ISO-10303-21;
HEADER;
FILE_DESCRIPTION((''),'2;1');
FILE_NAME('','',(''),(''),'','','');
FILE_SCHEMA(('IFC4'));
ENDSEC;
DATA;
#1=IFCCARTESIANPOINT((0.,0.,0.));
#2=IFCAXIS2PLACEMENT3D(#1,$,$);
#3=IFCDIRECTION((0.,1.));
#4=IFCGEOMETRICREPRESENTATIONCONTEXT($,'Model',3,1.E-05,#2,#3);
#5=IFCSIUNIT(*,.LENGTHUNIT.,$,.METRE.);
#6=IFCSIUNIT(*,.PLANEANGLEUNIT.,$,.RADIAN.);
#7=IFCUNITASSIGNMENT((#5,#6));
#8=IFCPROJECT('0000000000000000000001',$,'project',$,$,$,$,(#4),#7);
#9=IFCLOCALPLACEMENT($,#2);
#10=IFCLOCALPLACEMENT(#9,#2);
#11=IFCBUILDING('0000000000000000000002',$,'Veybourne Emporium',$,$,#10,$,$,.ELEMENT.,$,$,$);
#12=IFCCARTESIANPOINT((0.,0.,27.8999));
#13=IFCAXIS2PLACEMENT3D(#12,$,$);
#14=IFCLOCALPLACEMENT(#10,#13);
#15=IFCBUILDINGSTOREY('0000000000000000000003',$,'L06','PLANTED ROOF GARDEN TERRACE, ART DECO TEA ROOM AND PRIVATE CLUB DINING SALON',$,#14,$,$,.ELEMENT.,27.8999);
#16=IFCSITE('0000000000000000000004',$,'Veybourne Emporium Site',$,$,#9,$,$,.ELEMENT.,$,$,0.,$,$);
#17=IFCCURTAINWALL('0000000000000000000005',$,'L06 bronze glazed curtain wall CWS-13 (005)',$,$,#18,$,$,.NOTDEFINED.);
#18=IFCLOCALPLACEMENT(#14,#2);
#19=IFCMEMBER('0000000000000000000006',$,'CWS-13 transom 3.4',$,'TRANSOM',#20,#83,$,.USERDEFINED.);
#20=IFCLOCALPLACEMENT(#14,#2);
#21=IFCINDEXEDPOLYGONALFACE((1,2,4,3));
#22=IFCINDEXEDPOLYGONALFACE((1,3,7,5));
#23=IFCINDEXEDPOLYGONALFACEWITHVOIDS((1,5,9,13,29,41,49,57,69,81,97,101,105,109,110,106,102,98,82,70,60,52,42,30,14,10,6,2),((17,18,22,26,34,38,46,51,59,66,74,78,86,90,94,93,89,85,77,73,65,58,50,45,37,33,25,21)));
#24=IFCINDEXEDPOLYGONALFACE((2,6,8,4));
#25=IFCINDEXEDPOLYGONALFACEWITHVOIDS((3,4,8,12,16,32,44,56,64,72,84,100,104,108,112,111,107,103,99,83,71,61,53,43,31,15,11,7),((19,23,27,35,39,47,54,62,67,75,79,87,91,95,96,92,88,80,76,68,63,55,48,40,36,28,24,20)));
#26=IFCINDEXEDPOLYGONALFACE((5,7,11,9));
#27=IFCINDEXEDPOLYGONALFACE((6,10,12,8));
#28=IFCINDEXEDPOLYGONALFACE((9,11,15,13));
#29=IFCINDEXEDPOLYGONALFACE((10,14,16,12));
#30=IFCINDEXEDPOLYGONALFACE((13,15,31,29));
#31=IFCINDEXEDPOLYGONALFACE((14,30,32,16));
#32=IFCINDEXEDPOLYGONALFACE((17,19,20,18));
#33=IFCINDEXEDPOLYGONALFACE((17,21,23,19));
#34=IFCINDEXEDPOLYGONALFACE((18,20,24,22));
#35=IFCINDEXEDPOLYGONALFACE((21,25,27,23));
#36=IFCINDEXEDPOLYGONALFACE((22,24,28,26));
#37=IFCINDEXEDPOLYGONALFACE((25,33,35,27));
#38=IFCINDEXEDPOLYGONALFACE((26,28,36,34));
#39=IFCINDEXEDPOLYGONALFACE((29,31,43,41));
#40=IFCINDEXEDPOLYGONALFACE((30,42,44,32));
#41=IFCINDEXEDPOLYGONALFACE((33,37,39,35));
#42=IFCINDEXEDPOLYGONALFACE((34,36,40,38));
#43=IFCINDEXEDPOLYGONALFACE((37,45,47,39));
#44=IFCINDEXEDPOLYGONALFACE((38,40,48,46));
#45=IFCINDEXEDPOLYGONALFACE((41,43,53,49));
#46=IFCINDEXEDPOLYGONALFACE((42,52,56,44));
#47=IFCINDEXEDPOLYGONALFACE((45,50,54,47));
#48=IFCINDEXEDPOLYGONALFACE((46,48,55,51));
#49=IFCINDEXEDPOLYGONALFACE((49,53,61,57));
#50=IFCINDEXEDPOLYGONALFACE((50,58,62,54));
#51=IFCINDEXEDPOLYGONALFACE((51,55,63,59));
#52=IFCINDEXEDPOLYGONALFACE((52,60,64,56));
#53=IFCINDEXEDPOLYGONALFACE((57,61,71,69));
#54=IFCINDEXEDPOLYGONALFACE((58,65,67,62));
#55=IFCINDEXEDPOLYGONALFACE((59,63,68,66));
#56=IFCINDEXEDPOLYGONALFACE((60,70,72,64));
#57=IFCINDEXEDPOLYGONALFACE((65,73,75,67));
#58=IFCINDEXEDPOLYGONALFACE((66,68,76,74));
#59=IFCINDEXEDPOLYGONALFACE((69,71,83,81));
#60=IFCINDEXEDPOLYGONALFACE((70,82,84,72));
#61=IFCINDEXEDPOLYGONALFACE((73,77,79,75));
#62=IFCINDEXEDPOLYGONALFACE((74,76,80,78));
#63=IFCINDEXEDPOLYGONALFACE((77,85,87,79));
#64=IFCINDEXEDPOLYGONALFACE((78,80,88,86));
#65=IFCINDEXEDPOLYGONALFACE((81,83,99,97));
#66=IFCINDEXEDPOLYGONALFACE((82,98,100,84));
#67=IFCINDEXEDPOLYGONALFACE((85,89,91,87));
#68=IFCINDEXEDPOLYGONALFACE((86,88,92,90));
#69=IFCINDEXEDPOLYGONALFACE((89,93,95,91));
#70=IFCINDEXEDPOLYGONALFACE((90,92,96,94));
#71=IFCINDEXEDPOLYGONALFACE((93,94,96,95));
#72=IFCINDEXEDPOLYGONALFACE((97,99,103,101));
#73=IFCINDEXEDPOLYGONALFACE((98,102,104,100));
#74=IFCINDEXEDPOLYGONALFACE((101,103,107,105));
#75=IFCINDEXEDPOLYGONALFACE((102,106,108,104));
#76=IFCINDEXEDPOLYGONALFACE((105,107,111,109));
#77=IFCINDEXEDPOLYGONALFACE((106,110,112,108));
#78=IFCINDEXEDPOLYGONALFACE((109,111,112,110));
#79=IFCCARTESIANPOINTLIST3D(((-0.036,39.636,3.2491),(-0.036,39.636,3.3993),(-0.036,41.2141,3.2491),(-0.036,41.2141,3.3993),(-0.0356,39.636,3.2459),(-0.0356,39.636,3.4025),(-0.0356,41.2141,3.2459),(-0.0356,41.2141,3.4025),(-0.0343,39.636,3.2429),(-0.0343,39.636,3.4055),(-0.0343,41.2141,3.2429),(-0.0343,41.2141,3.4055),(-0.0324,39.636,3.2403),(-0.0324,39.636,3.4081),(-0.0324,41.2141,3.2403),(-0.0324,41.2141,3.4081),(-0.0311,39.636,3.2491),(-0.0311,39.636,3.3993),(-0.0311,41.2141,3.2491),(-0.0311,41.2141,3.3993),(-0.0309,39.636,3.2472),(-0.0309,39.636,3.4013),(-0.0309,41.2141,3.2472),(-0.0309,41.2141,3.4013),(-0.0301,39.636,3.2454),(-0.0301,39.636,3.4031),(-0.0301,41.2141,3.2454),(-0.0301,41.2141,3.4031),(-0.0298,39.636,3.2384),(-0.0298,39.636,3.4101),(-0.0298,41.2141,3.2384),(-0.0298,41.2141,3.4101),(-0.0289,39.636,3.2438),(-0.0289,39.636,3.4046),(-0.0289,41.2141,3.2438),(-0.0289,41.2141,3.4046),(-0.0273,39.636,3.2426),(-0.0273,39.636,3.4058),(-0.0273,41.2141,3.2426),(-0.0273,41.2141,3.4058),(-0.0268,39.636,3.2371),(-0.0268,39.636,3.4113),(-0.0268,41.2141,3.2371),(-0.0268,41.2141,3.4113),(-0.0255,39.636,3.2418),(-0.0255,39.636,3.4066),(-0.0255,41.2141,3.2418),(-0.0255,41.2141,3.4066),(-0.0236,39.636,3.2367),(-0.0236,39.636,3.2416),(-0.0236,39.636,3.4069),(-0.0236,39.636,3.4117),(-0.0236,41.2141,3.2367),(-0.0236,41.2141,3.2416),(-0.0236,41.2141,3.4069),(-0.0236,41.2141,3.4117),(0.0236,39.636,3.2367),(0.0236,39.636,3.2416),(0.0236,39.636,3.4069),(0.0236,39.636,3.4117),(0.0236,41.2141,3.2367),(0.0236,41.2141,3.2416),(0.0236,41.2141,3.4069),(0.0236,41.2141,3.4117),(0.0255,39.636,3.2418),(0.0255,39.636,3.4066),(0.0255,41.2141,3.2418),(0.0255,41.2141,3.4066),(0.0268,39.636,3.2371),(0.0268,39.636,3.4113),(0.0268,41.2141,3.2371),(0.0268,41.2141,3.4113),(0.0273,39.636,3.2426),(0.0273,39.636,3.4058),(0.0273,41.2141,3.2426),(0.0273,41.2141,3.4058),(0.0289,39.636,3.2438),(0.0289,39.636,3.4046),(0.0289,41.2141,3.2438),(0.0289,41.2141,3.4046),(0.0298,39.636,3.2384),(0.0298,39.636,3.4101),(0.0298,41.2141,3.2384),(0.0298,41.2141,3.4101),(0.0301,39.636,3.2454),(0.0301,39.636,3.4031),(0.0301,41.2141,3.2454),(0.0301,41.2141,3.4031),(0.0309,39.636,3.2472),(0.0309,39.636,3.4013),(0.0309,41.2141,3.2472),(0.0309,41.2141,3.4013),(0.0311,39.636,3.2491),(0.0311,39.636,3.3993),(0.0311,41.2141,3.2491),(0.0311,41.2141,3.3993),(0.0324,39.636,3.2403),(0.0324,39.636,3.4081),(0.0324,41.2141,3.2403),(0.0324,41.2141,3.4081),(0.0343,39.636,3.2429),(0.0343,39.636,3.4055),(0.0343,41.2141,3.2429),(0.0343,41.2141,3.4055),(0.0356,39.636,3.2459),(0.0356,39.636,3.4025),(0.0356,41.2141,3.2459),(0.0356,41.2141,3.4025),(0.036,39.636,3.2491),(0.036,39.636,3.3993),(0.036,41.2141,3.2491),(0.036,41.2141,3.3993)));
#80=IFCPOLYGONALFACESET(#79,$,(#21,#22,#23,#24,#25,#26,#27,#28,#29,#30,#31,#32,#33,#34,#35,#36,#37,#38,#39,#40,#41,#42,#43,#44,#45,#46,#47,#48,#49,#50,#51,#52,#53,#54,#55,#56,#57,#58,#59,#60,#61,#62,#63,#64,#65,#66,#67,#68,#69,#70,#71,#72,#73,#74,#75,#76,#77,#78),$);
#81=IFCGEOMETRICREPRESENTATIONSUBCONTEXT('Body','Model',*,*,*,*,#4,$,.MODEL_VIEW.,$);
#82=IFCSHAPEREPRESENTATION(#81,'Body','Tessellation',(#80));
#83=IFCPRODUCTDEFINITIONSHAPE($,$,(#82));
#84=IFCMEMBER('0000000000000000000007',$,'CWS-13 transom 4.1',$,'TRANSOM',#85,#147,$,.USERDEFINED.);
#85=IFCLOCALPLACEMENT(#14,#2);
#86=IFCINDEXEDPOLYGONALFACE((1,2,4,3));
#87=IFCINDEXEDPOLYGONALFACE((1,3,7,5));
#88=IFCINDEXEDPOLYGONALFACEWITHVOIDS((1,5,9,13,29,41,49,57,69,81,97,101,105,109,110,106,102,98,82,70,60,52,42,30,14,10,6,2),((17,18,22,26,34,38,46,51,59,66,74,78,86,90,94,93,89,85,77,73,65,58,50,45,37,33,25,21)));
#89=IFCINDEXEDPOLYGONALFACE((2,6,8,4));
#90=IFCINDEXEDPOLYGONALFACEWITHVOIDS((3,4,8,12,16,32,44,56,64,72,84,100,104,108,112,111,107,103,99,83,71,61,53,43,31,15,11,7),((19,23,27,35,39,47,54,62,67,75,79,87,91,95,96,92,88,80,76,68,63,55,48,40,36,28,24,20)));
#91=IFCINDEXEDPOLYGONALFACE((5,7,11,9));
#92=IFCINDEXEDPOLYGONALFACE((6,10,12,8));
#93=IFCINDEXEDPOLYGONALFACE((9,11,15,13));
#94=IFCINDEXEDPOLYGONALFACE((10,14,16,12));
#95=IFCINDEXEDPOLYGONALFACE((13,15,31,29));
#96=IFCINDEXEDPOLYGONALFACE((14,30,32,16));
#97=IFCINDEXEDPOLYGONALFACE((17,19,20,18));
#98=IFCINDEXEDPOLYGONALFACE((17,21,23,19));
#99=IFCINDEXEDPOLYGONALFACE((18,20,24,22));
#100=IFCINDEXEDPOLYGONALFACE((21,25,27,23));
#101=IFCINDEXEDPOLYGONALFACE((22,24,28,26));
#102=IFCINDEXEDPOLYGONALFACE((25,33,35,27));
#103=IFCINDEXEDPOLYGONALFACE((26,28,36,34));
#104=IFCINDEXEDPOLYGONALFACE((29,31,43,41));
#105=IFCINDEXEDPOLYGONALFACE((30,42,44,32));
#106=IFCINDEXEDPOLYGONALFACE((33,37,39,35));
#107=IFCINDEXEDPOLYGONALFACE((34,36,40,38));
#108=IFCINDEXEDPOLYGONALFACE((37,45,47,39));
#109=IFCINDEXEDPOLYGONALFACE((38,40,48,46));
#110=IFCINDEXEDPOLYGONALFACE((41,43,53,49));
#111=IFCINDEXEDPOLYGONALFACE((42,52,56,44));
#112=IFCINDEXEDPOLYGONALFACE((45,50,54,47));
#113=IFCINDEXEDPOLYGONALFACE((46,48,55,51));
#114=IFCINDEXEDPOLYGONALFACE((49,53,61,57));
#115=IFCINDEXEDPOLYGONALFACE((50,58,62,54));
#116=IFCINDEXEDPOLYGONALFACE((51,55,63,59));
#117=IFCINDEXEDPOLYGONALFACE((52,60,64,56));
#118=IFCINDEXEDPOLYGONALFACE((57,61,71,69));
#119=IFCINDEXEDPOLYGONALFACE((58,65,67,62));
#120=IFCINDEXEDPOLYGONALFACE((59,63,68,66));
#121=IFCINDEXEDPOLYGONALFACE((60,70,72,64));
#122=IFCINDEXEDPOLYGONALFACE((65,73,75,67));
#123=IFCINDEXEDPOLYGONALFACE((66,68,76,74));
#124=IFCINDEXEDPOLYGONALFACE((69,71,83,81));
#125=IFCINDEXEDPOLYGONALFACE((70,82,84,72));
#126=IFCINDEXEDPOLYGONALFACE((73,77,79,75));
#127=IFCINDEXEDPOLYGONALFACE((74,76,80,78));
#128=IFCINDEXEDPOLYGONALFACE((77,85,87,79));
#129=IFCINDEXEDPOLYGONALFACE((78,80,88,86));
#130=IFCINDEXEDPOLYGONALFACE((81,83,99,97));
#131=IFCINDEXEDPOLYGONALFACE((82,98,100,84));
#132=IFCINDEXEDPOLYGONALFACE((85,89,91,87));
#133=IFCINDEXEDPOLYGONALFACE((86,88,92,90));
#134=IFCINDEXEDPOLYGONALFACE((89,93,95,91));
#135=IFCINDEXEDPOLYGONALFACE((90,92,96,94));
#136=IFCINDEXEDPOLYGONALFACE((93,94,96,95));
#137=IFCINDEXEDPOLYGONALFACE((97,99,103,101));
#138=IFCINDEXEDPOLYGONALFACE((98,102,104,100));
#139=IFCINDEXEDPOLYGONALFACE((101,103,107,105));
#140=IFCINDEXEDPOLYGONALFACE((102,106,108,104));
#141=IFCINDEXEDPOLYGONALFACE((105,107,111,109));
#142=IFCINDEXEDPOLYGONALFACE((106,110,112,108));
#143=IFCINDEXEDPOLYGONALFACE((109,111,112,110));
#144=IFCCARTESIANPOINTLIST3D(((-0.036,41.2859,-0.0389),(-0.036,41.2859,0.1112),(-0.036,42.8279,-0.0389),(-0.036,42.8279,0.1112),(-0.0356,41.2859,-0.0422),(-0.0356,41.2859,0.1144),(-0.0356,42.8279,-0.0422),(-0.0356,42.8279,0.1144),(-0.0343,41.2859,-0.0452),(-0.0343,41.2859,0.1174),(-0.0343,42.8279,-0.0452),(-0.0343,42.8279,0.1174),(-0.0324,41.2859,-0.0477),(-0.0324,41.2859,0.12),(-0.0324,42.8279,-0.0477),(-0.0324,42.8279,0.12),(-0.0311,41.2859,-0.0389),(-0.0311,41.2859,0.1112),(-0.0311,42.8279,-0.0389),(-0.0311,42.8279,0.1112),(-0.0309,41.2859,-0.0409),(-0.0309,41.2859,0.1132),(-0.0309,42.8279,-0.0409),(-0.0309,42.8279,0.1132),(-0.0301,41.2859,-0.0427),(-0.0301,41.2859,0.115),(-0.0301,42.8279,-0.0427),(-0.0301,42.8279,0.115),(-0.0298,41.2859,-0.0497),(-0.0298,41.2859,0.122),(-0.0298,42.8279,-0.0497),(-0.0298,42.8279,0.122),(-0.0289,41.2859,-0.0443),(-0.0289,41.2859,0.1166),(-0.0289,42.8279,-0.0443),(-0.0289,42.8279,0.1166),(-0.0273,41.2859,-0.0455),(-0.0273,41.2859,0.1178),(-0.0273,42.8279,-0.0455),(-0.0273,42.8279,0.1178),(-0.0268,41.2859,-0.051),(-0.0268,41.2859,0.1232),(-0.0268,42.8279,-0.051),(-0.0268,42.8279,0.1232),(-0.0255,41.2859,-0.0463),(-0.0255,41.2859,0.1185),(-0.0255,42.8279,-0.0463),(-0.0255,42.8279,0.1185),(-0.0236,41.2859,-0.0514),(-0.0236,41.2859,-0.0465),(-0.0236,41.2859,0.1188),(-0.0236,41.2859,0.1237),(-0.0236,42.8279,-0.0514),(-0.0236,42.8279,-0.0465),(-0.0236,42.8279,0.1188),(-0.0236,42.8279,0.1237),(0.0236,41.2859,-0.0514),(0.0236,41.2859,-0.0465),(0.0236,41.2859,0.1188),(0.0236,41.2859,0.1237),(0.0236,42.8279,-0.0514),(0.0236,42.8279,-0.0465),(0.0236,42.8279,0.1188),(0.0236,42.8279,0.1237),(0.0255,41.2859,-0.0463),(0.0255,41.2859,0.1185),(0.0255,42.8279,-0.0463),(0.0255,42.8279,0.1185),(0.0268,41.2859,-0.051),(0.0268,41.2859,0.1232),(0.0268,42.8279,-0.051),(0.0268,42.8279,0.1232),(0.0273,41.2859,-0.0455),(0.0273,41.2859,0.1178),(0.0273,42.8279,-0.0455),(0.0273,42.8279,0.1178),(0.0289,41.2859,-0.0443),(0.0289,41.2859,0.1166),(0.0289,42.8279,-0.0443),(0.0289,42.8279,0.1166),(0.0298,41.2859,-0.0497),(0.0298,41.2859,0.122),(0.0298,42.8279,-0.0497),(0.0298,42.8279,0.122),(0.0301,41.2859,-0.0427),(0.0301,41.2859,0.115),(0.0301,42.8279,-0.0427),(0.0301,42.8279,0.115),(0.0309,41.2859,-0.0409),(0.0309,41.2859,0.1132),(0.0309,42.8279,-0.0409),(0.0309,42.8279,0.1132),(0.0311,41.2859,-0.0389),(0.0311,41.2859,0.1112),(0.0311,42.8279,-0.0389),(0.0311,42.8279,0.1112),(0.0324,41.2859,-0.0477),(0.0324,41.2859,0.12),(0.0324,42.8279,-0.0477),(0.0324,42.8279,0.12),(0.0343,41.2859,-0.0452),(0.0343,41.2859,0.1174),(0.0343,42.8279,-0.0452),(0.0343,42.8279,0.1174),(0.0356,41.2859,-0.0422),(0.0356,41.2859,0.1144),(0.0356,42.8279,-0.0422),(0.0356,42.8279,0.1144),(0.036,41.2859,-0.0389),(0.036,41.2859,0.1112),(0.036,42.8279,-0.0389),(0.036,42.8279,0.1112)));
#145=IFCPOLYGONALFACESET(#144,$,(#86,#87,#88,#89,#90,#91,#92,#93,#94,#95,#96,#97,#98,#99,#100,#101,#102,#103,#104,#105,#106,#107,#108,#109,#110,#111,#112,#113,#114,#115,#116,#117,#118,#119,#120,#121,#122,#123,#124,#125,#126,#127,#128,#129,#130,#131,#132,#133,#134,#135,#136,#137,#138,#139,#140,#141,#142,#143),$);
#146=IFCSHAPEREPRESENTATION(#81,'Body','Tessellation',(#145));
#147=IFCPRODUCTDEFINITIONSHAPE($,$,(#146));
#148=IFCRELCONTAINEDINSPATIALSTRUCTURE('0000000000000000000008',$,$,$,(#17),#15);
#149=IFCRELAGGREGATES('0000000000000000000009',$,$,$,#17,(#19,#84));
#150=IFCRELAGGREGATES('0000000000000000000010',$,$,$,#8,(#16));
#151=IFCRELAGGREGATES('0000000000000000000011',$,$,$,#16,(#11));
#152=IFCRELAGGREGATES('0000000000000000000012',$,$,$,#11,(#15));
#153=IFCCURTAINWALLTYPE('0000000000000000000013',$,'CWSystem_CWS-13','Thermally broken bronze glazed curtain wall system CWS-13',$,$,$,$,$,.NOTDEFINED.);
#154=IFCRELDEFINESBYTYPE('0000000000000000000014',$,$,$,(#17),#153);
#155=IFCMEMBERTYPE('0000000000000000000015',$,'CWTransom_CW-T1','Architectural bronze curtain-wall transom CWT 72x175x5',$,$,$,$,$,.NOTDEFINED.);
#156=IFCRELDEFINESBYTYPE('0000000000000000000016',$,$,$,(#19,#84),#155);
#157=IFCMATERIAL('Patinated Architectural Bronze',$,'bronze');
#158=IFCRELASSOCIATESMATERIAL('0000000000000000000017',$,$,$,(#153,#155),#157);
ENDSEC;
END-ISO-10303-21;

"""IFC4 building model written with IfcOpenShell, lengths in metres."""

from ifc_helpers import new_model, si_unit, direction, frame, origin, origin_2d, place, context, subcontext, project, spatial, hollow_rectangle, extrude, material, material_profile, profile_set, type_object, element, aggregate, save


model = new_model("IFC4")

# Units and contexts
model_context = context("Model", 3, precision=1e-05, world=origin(), true_north=direction((0.0, 1.0)))
body_context = subcontext(model_context, "Body", "Model", "MODEL_VIEW")
ifc_project = project(units=[si_unit("LENGTHUNIT", "METRE"), si_unit("PLANEANGLEUNIT", "RADIAN")], contexts=[model_context])

# Site, building, storey
site_placement = place(None, origin())
site = spatial("IfcSite", under=ifc_project, at=site_placement, Name="Veybourne Emporium Site", CompositionType="ELEMENT", RefElevation=0.0)
building_placement = place(site_placement, origin())
building = spatial("IfcBuilding", under=site, at=building_placement, Name="Veybourne Emporium", CompositionType="ELEMENT")
storey_placement = place(building_placement, frame((0.0, 0.0, 27.8999)))
storey = spatial("IfcBuildingStorey", under=building, at=storey_placement, Name="L06", Description="PLANTED ROOF GARDEN TERRACE, ART DECO TEA ROOM AND PRIVATE CLUB DINING SALON", CompositionType="ELEMENT", Elevation=27.8999)

# Curtain wall
ifc_material_1 = material(Name="Patinated Architectural Bronze", Category="bronze")
curtain_wall_type_1 = type_object("IfcCurtainWallType", Name="CWSystem_CWS-13", Description="Thermally broken bronze glazed curtain wall system CWS-13", PredefinedType="NOTDEFINED", material=ifc_material_1)
curtain_wall_1_placement = place(storey_placement, origin())
curtain_wall_1 = element("IfcCurtainWall", 1, at=curtain_wall_1_placement, inside=storey, type_object=curtain_wall_type_1, Name="L06 bronze glazed curtain wall CWS-13 (005)", PredefinedType="NOTDEFINED")

# Members
ifc_material_profile_1 = material_profile(ifc_material_1, hollow_rectangle(XDim=0.072, YDim=0.175, WallThickness=0.0049, InnerFilletRadius=0.0076, OuterFilletRadius=0.0125, at=origin_2d()), Name="CWT 72x175x5")
ifc_profile_set_1 = profile_set([ifc_material_profile_1], Name="Patinated Architectural Bronze")
member_type_1 = type_object("IfcMemberType", Name="CWTransom_CW-T1", Description="Architectural bronze curtain-wall transom CWT 72x175x5", PredefinedType="NOTDEFINED", material=ifc_profile_set_1)
member_1_placement = place(storey_placement, frame((0.0, 39.636, 3.3242), z_axis=(0.0, 1.0, 0.0), x_axis=(-1.0, 0.0, 0.0)))
member_1 = element("IfcMember", 2, at=member_1_placement, type_object=member_type_1, Name="CWS-13 transom 3.4", ObjectType="TRANSOM", PredefinedType="USERDEFINED", context=body_context, shape_type="SweptSolid", body=[
    extrude(hollow_rectangle(XDim=0.072, YDim=0.175, WallThickness=0.0049, InnerFilletRadius=0.0076, OuterFilletRadius=0.0125, at=origin_2d()), origin(), (0.0, 0.0, 1.0), 1.5781),
])
member_2_placement = place(storey_placement, frame((0.0, 41.2859, 0.0361), z_axis=(0.0, 1.0, 0.0), x_axis=(-1.0, 0.0, 0.0)))
member_2 = element("IfcMember", 3, at=member_2_placement, type_object=member_type_1, Name="CWS-13 transom 4.1", ObjectType="TRANSOM", PredefinedType="USERDEFINED", context=body_context, shape_type="SweptSolid", body=[
    extrude(hollow_rectangle(XDim=0.072, YDim=0.175, WallThickness=0.0049, InnerFilletRadius=0.0076, OuterFilletRadius=0.0125, at=origin_2d()), origin(), (0.0, 0.0, 1.0), 1.542),
])

aggregate(curtain_wall_1, [member_1, member_2])

save(model, "model.ifc")
